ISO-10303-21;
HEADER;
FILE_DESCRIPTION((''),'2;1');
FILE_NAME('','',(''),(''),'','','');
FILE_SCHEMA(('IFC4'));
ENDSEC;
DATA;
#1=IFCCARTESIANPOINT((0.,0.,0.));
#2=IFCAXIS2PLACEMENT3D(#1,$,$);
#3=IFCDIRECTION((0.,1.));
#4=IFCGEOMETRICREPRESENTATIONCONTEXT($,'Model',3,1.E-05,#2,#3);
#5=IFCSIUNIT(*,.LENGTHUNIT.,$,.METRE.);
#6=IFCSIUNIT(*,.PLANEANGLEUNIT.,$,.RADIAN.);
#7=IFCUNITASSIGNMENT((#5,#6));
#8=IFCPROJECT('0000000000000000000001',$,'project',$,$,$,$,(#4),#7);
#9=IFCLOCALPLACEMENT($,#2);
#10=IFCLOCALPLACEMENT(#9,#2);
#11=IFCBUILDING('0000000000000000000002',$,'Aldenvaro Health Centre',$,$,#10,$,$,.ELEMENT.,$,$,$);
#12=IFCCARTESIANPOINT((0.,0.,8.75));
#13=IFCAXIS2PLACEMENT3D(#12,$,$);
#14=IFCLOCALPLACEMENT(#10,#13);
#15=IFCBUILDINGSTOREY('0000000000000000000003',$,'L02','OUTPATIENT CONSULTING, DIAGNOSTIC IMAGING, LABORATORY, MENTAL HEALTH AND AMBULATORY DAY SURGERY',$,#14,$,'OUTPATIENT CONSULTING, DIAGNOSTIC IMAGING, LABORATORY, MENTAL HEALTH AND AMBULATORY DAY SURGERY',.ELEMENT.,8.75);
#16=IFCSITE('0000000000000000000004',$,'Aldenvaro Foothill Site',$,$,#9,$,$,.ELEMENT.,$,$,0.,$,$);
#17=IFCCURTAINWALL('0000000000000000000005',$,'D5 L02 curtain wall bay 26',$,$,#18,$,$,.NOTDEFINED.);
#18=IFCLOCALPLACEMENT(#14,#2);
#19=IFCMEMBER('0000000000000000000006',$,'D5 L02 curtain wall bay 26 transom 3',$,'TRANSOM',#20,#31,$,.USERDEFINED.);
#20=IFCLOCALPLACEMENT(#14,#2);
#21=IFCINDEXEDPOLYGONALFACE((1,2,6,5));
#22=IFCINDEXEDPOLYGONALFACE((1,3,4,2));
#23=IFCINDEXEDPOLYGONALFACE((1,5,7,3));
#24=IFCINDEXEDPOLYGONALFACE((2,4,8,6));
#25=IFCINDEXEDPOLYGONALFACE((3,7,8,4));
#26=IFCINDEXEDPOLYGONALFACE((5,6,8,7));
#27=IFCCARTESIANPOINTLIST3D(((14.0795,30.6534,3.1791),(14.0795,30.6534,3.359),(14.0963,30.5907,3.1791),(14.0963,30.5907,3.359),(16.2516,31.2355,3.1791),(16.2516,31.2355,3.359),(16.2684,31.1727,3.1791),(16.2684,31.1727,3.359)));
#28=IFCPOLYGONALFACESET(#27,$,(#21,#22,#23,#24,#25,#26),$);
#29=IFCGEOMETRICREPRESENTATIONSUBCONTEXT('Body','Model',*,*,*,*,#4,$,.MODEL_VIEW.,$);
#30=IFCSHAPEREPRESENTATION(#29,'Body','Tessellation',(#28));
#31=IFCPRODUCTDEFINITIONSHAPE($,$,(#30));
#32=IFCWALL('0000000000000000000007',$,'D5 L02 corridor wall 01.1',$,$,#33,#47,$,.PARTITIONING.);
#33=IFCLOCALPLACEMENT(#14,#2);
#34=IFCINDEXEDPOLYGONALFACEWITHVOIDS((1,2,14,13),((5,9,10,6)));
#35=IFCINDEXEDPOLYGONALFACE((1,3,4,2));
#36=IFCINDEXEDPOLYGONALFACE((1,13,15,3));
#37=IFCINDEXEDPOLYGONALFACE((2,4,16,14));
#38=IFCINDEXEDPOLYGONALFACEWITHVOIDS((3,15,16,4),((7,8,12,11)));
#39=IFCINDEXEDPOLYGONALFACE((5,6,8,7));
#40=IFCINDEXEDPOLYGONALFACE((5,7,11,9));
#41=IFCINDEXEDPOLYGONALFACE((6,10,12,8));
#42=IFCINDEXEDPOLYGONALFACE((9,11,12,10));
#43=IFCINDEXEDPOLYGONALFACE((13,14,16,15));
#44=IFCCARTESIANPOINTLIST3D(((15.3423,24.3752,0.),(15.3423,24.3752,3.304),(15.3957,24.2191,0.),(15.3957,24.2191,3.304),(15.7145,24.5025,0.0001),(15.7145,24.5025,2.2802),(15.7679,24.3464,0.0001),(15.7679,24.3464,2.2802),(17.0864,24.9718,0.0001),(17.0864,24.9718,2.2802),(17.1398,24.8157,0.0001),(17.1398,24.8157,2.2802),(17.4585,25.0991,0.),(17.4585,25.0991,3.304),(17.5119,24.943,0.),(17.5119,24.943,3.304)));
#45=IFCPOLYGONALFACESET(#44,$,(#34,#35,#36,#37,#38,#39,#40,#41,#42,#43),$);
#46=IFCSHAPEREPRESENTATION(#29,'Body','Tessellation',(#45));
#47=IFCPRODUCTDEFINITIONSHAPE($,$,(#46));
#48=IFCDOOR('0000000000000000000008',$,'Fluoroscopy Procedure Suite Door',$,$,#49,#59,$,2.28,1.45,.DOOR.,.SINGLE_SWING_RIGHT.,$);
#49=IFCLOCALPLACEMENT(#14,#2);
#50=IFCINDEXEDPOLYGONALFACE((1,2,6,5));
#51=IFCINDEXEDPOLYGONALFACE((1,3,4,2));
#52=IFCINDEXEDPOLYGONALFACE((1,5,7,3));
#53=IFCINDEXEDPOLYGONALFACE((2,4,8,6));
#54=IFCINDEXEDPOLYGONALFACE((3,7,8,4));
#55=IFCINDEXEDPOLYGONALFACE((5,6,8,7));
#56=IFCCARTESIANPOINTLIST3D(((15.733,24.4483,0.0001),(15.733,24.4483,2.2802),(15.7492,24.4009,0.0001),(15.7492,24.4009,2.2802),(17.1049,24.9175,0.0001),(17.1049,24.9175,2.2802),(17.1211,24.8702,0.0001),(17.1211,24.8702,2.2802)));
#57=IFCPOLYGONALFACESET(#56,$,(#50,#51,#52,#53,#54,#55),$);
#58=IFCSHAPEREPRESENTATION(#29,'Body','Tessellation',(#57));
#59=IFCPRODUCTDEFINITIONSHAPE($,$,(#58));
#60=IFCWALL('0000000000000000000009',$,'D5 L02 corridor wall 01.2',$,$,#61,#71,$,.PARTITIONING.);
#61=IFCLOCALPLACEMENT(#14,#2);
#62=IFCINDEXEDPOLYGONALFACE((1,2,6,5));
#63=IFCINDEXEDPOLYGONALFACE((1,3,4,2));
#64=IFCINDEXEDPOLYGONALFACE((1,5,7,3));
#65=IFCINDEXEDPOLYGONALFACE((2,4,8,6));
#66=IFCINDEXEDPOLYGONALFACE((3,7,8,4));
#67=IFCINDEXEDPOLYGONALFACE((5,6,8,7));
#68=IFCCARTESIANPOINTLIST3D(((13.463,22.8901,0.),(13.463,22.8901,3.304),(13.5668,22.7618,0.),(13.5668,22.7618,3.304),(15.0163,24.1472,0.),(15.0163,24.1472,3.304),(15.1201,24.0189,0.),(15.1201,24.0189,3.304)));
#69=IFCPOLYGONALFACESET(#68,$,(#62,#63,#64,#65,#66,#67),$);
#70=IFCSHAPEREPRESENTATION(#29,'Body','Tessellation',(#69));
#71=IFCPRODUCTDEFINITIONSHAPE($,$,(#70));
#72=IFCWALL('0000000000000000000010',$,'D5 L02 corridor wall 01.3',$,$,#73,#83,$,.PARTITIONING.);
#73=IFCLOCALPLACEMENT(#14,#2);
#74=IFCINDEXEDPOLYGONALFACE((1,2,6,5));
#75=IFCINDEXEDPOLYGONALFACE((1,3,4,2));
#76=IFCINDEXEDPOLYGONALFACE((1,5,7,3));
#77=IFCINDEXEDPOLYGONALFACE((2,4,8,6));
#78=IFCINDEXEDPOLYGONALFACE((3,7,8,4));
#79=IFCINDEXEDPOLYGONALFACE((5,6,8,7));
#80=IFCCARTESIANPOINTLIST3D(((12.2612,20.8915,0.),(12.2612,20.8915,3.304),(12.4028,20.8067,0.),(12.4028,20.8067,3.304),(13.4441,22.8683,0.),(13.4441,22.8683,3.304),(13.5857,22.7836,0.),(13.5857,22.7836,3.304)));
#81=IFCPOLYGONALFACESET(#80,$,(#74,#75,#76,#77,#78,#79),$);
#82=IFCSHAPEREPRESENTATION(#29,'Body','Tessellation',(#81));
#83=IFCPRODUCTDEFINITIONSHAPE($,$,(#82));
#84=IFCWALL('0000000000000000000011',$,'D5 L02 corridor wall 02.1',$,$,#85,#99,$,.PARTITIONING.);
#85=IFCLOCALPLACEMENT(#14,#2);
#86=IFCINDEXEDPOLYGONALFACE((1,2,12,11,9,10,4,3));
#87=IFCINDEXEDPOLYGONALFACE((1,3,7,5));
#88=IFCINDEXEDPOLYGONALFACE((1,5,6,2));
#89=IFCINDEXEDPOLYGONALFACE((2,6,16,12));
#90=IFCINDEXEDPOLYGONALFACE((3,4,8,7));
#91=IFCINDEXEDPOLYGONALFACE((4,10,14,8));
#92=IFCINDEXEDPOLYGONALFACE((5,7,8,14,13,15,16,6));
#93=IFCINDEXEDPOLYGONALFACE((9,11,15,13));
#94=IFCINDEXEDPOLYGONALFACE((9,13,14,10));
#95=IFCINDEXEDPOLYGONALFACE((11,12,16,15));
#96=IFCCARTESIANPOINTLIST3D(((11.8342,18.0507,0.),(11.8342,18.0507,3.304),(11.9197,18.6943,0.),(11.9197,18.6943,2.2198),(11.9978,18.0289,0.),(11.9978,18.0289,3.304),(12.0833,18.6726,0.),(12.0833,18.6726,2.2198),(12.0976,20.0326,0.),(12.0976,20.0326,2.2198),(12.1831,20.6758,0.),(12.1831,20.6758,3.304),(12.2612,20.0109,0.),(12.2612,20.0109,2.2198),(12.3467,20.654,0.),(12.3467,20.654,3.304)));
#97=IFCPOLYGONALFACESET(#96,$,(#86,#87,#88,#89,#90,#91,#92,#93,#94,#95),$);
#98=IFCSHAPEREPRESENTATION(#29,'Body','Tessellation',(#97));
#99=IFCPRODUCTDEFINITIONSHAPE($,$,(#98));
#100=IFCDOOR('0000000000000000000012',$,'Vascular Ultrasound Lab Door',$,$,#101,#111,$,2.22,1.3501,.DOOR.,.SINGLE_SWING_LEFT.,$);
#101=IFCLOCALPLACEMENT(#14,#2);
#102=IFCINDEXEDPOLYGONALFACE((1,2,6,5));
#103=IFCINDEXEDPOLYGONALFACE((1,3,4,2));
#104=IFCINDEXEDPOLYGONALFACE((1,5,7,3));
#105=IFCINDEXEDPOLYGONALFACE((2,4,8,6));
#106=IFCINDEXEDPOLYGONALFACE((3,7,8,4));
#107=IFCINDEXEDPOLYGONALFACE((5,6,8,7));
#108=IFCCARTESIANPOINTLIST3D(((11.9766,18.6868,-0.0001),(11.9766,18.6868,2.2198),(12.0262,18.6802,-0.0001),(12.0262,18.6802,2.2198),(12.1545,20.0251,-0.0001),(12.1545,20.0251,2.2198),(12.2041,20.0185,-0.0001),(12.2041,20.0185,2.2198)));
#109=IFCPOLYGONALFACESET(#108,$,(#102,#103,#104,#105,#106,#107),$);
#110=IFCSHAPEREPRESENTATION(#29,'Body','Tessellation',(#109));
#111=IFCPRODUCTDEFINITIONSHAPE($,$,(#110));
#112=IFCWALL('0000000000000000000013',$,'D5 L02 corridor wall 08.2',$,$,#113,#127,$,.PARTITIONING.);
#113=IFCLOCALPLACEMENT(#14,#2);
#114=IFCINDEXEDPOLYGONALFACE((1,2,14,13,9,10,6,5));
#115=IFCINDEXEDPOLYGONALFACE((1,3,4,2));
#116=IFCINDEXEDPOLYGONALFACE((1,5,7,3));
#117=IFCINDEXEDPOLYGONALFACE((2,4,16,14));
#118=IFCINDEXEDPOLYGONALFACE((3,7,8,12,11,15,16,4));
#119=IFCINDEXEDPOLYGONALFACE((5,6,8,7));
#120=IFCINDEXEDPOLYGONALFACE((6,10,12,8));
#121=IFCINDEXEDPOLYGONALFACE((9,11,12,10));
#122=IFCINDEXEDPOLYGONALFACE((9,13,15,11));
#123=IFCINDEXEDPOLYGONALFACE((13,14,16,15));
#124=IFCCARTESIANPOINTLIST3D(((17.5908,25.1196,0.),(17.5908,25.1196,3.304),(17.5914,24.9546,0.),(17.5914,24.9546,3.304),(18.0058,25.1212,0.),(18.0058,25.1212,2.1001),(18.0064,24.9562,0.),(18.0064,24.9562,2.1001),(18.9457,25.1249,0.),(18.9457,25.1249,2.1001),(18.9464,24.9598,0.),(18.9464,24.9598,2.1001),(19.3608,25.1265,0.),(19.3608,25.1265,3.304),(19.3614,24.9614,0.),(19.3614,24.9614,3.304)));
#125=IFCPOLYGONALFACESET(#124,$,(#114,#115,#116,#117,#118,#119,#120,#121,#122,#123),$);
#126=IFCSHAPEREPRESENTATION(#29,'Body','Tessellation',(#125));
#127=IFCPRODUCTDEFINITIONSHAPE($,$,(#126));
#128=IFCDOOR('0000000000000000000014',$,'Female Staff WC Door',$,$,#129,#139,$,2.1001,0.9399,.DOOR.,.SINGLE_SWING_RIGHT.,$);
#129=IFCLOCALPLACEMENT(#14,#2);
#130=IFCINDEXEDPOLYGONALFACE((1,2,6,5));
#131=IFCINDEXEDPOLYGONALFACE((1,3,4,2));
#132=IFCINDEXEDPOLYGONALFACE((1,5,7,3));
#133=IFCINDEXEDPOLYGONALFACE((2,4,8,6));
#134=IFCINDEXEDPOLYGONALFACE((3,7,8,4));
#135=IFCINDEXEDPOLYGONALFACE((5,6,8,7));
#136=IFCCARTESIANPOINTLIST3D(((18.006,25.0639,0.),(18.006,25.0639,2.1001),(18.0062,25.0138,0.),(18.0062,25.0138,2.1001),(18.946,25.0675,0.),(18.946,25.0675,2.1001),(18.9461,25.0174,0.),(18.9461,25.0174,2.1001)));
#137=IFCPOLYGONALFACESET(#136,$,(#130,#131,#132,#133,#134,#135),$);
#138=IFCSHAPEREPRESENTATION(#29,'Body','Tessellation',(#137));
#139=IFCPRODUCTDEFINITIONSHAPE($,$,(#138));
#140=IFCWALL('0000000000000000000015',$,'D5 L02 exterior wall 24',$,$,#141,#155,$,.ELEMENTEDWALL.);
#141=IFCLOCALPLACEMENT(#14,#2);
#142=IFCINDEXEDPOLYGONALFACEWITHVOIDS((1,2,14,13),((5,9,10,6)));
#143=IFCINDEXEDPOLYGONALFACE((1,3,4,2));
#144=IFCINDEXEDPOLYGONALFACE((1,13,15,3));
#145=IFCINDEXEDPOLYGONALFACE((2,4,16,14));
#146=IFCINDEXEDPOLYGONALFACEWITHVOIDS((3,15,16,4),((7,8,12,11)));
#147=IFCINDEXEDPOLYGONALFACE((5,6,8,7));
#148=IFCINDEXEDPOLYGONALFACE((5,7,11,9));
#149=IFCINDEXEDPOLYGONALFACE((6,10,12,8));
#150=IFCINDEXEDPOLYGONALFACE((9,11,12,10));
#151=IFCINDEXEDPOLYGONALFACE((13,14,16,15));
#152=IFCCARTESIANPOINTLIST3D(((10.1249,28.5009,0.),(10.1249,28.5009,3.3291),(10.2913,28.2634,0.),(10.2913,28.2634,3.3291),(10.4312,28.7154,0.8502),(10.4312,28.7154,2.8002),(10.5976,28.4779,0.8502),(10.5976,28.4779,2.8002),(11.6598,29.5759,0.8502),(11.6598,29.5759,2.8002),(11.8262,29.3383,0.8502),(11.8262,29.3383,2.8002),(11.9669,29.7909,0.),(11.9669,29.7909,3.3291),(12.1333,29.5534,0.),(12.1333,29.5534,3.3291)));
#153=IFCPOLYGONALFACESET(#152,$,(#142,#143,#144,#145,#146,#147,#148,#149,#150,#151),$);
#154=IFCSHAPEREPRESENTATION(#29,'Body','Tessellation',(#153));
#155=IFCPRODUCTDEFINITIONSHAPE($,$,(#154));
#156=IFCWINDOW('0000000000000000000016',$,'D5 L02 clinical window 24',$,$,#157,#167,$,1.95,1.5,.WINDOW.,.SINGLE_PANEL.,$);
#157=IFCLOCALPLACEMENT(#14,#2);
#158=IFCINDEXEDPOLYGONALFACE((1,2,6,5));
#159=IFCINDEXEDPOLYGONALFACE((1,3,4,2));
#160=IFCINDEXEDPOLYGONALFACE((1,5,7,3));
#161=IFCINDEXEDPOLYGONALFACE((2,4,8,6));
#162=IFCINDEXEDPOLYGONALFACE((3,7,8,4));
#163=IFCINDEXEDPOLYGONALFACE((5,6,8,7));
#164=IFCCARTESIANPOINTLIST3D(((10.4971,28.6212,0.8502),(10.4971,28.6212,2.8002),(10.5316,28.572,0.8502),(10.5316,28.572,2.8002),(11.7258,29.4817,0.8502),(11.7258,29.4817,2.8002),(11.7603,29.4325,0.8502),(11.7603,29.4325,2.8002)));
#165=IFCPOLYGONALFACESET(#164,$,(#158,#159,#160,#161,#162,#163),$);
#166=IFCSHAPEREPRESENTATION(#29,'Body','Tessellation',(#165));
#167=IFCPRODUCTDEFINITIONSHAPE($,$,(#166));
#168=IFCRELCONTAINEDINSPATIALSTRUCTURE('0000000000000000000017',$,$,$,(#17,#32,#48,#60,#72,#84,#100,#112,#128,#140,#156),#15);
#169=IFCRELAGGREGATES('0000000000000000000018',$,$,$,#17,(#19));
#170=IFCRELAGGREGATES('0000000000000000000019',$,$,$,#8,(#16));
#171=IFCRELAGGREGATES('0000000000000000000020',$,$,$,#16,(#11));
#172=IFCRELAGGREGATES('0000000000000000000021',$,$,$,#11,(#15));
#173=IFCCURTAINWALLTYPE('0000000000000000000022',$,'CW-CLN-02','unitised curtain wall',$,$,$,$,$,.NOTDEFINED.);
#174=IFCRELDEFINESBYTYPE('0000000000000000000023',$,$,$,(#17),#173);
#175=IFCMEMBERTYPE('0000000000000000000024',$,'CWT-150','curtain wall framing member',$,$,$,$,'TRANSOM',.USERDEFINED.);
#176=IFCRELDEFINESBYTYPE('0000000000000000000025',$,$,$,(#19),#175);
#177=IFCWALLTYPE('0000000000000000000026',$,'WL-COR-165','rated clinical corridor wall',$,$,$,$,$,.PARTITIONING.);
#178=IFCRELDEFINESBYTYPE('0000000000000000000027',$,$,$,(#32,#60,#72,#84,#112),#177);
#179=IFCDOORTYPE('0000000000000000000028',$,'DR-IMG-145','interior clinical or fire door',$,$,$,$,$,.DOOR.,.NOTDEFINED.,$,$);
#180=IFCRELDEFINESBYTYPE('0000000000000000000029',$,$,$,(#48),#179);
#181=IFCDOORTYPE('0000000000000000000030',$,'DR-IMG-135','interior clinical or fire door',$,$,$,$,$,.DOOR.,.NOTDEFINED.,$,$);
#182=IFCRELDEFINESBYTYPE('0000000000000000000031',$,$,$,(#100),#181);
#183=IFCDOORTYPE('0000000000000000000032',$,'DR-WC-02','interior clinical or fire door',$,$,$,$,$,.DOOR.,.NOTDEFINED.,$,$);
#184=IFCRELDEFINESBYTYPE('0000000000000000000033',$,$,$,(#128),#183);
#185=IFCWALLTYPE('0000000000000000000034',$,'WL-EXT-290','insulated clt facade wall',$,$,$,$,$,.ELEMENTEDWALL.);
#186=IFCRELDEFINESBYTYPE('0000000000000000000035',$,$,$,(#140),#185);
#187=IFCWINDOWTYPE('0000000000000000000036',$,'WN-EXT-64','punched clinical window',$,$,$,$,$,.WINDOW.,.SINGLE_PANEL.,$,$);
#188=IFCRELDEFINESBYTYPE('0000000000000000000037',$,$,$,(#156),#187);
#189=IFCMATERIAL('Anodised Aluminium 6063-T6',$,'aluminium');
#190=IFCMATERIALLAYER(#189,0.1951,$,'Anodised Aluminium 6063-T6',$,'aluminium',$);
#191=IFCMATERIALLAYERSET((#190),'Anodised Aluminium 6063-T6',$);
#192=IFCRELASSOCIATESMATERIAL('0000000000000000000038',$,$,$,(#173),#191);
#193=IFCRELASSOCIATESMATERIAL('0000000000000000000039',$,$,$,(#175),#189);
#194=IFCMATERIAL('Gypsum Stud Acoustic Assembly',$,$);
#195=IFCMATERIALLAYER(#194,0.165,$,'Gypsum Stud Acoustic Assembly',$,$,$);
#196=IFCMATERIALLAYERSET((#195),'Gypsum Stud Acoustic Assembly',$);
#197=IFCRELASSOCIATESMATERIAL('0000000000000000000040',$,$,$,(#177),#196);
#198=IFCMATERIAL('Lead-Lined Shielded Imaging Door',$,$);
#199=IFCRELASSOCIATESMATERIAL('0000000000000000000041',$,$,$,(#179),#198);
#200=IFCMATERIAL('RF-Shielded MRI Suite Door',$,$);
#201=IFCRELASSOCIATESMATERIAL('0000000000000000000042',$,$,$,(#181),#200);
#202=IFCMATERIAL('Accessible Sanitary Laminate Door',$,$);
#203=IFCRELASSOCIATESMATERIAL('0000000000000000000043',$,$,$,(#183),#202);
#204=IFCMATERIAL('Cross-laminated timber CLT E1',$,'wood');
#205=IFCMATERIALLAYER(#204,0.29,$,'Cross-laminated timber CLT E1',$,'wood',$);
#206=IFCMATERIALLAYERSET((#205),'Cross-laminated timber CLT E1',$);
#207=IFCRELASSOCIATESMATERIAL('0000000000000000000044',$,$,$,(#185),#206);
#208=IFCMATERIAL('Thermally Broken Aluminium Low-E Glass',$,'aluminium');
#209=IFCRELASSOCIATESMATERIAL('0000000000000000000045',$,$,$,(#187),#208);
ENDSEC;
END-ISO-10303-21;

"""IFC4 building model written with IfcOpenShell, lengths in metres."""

from ifc_helpers import new_model, si_unit, direction, frame, frame_2d, origin, origin_2d, place, context, subcontext, project, spatial, rectangle, extrude, material, layer, layer_set, material_profile, profile_set, type_object, element, fill, aggregate, save


model = new_model("IFC4")

# Units and contexts
model_context = context("Model", 3, precision=1e-05, world=origin(), true_north=direction((0.0, 1.0)))
body_context = subcontext(model_context, "Body", "Model", "MODEL_VIEW")
ifc_project = project(units=[si_unit("LENGTHUNIT", "METRE"), si_unit("PLANEANGLEUNIT", "RADIAN")], contexts=[model_context])

# Site, building, storey
site_placement = place(None, origin())
site = spatial("IfcSite", under=ifc_project, at=site_placement, Name="Aldenvaro Foothill Site", CompositionType="ELEMENT", RefElevation=0.0)
building_placement = place(site_placement, origin())
building = spatial("IfcBuilding", under=site, at=building_placement, Name="Aldenvaro Health Centre", CompositionType="ELEMENT")
storey_placement = place(building_placement, frame((0.0, 0.0, 8.75)))
storey = spatial("IfcBuildingStorey", under=building, at=storey_placement, Name="L02", Description="OUTPATIENT CONSULTING, DIAGNOSTIC IMAGING, LABORATORY, MENTAL HEALTH AND AMBULATORY DAY SURGERY", LongName="OUTPATIENT CONSULTING, DIAGNOSTIC IMAGING, LABORATORY, MENTAL HEALTH AND AMBULATORY DAY SURGERY", CompositionType="ELEMENT", Elevation=8.75)

# Curtain wall, member
ifc_material_1 = material(Name="Anodised Aluminium 6063-T6", Category="aluminium")
ifc_layer_1 = layer(ifc_material_1, 0.1951, Name="Anodised Aluminium 6063-T6", Category="aluminium")
ifc_layer_set_1 = layer_set([ifc_layer_1], Name="Anodised Aluminium 6063-T6")
curtain_wall_type = type_object("IfcCurtainWallType", Name="CW-CLN-02", Description="unitised curtain wall", PredefinedType="NOTDEFINED", material=ifc_layer_set_1)
curtain_wall_placement = place(storey_placement, origin())
curtain_wall = element("IfcCurtainWall", 1, at=curtain_wall_placement, inside=storey, type_object=curtain_wall_type, Name="D5 L02 curtain wall bay 26", PredefinedType="NOTDEFINED")
ifc_material_profile_1 = material_profile(ifc_material_1, rectangle(XDim=0.0649, YDim=0.1799, at=origin_2d()), Name="ALU 65x180", Category="aluminium")
ifc_profile_set_1 = profile_set([ifc_material_profile_1], Name="Anodised Aluminium 6063-T6")
member_type_1 = type_object("IfcMemberType", Name="CWT-150", Description="curtain wall framing member", ElementType="TRANSOM", PredefinedType="USERDEFINED", material=ifc_profile_set_1)
member_1_placement = place(storey_placement, frame((14.0879, 30.6221, 3.269), z_axis=(0.965924, 0.258825, 0.0), x_axis=(-0.258825, 0.965924, 0.0)))
member_1 = element("IfcMember", 2, at=member_1_placement, type_object=member_type_1, Name="D5 L02 curtain wall bay 26 transom 3", ObjectType="TRANSOM", PredefinedType="USERDEFINED", context=body_context, shape_type="SweptSolid", body=[
    extrude(rectangle(XDim=0.0649, YDim=0.1799, at=origin_2d()), origin(), (0.0, 0.0, 1.0), 2.2488),
])
aggregate(curtain_wall, [member_1])

# Wall, opening, door
ifc_material_2 = material(Name="Gypsum Stud Acoustic Assembly")
ifc_layer_2 = layer(ifc_material_2, 0.165, Name="Gypsum Stud Acoustic Assembly")
ifc_layer_set_2 = layer_set([ifc_layer_2], Name="Gypsum Stud Acoustic Assembly")
wall_type_1 = type_object("IfcWallType", Name="WL-COR-165", Description="rated clinical corridor wall", PredefinedType="PARTITIONING", material=ifc_layer_set_2)
wall_1_placement = place(storey_placement, frame((17.4851, 25.021, 0.0), z_axis=(0.0, 0.0, 1.0), x_axis=(-0.946176, -0.323652, 0.0)))
wall_1 = element("IfcWall", 3, at=wall_1_placement, inside=storey, type_object=wall_type_1, Name="D5 L02 corridor wall 01.1", PredefinedType="PARTITIONING", context=body_context, shape_type="SweptSolid", body=[
    extrude(rectangle(XDim=2.2366, YDim=0.165, at=frame_2d((1.1182, 0.0))), origin(), (0.0, 0.0, 1.0), 3.304),
])
opening_1_placement = place(wall_1_placement, frame((0.3931, 0.0, 0.0)))
opening_1 = element("IfcOpeningElement", 4, at=opening_1_placement, cuts=wall_1, PredefinedType="OPENING", context=body_context, shape_type="SweptSolid", body=[
    extrude(rectangle(XDim=1.45, YDim=2.28, at=frame_2d((0.7251, 1.1401))), frame((0.0, 0.0925, 0.0), z_axis=(0.0, -1.0, 0.0), x_axis=(1.0, 0.0, 0.0)), (0.0, 0.0, 1.0), 0.1851),
])
ifc_material_3 = material(Name="Lead-Lined Shielded Imaging Door")
door_type_1 = type_object("IfcDoorType", Name="DR-IMG-145", Description="interior clinical or fire door", OperationType="NOTDEFINED", PredefinedType="DOOR", material=ifc_material_3)
door_1_placement = place(opening_1_placement, origin())
door_1 = element("IfcDoor", 5, at=door_1_placement, inside=storey, type_object=door_type_1, Name="Fluoroscopy Procedure Suite Door", OperationType="SINGLE_SWING_RIGHT", OverallHeight=2.28, OverallWidth=1.45, PredefinedType="DOOR", context=body_context, shape_type="SweptSolid", body=[
    extrude(rectangle(XDim=1.45, YDim=2.28, at=frame_2d((0.7251, 1.1401))), frame((0.0, 0.0249, 0.0), z_axis=(0.0, -1.0, 0.0), x_axis=(1.0, 0.0, 0.0)), (0.0, 0.0, 1.0), 0.05),
])
fill(opening_1, door_1)

# Walls
wall_2_placement = place(storey_placement, frame((15.0681, 24.083, 0.0), z_axis=(0.0, 0.0, 1.0), x_axis=(-0.777316, -0.62911, 0.0)))
element("IfcWall", 6, at=wall_2_placement, inside=storey, type_object=wall_type_1, Name="D5 L02 corridor wall 01.2", PredefinedType="PARTITIONING", context=body_context, shape_type="SweptSolid", body=[
    extrude(rectangle(XDim=1.9983, YDim=0.165, at=frame_2d((0.999, 0.0))), origin(), (0.0, 0.0, 1.0), 3.304),
])
wall_3_placement = place(storey_placement, frame((13.5149, 22.8259, 0.0), z_axis=(0.0, 0.0, 1.0), x_axis=(-0.513467, -0.858109, 0.0)))
element("IfcWall", 7, at=wall_3_placement, inside=storey, type_object=wall_type_1, Name="D5 L02 corridor wall 01.3", PredefinedType="PARTITIONING", context=body_context, shape_type="SweptSolid", body=[
    extrude(rectangle(XDim=2.3037, YDim=0.165, at=frame_2d((1.1519, 0.0))), origin(), (0.0, 0.0, 1.0), 3.304),
])

# Walls, openings, doors
wall_4_placement = place(storey_placement, frame((12.2649, 20.665, 0.0), z_axis=(0.0, 0.0, 1.0), x_axis=(-0.131747, -0.991283, 0.0)))
wall_4 = element("IfcWall", 8, at=wall_4_placement, inside=storey, type_object=wall_type_1, Name="D5 L02 corridor wall 02.1", PredefinedType="PARTITIONING", context=body_context, shape_type="SweptSolid", body=[
    extrude(rectangle(XDim=2.6482, YDim=0.165, at=frame_2d((1.3242, 0.0))), origin(), (0.0, 0.0, 1.0), 3.304),
])
opening_2_placement = place(wall_4_placement, frame((0.6489, 0.0, 0.0)))
opening_2 = element("IfcOpeningElement", 9, at=opening_2_placement, cuts=wall_4, PredefinedType="OPENING", context=body_context, shape_type="SweptSolid", body=[
    extrude(rectangle(XDim=1.3501, YDim=2.22, at=frame_2d((0.675, 1.1099))), frame((0.0, 0.0925, 0.0), z_axis=(0.0, -1.0, 0.0), x_axis=(1.0, 0.0, 0.0)), (0.0, 0.0, 1.0), 0.1851),
])
ifc_material_4 = material(Name="RF-Shielded MRI Suite Door")
door_type_2 = type_object("IfcDoorType", Name="DR-IMG-135", Description="interior clinical or fire door", OperationType="NOTDEFINED", PredefinedType="DOOR", material=ifc_material_4)
door_2_placement = place(opening_2_placement, origin())
door_2 = element("IfcDoor", 10, at=door_2_placement, inside=storey, type_object=door_type_2, Name="Vascular Ultrasound Lab Door", OperationType="SINGLE_SWING_LEFT", OverallHeight=2.22, OverallWidth=1.3501, PredefinedType="DOOR", context=body_context, shape_type="SweptSolid", body=[
    extrude(rectangle(XDim=1.3501, YDim=2.22, at=frame_2d((0.675, 1.1099))), frame((0.0, 0.0249, 0.0), z_axis=(0.0, -1.0, 0.0), x_axis=(1.0, 0.0, 0.0)), (0.0, 0.0, 1.0), 0.05),
])
fill(opening_2, door_2)
wall_5_placement = place(storey_placement, frame((19.3611, 25.0439, 0.0), z_axis=(0.0, 0.0, 1.0), x_axis=(-0.999993, -0.003862, 0.0)))
wall_5 = element("IfcWall", 11, at=wall_5_placement, inside=storey, type_object=wall_type_1, Name="D5 L02 corridor wall 08.2", PredefinedType="PARTITIONING", context=body_context, shape_type="SweptSolid", body=[
    extrude(rectangle(XDim=1.77, YDim=0.165, at=frame_2d((0.885, 0.0))), origin(), (0.0, 0.0, 1.0), 3.304),
])
opening_3_placement = place(wall_5_placement, frame((0.415, 0.0, 0.0)))
opening_3 = element("IfcOpeningElement", 12, at=opening_3_placement, cuts=wall_5, PredefinedType="OPENING", context=body_context, shape_type="SweptSolid", body=[
    extrude(rectangle(XDim=0.9399, YDim=2.1001, at=frame_2d((0.47, 1.05))), frame((0.0, 0.0925, 0.0), z_axis=(0.0, -1.0, 0.0), x_axis=(1.0, 0.0, 0.0)), (0.0, 0.0, 1.0), 0.1851),
])
ifc_material_5 = material(Name="Accessible Sanitary Laminate Door")
door_type_3 = type_object("IfcDoorType", Name="DR-WC-02", Description="interior clinical or fire door", OperationType="NOTDEFINED", PredefinedType="DOOR", material=ifc_material_5)
door_3_placement = place(opening_3_placement, origin())
door_3 = element("IfcDoor", 13, at=door_3_placement, inside=storey, type_object=door_type_3, Name="Female Staff WC Door", OperationType="SINGLE_SWING_RIGHT", OverallHeight=2.1001, OverallWidth=0.9399, PredefinedType="DOOR", context=body_context, shape_type="SweptSolid", body=[
    extrude(rectangle(XDim=0.9399, YDim=2.1001, at=frame_2d((0.47, 1.05))), frame((0.0, 0.0249, 0.0), z_axis=(0.0, -1.0, 0.0), x_axis=(1.0, 0.0, 0.0)), (0.0, 0.0, 1.0), 0.05),
])
fill(opening_3, door_3)

# Wall, opening, window
ifc_material_6 = material(Name="Cross-laminated timber CLT E1", Category="wood")
ifc_layer_3 = layer(ifc_material_6, 0.29, Name="Cross-laminated timber CLT E1", Category="wood")
ifc_layer_set_3 = layer_set([ifc_layer_3], Name="Cross-laminated timber CLT E1")
wall_type_2 = type_object("IfcWallType", Name="WL-EXT-290", Description="insulated clt facade wall", PredefinedType="ELEMENTEDWALL", material=ifc_layer_set_3)
wall_6_placement = place(storey_placement, frame((10.208, 28.3821, 0.0), z_axis=(0.0, 0.0, 1.0), x_axis=(0.819104, 0.573644, 0.0)))
wall_6 = element("IfcWall", 14, at=wall_6_placement, inside=storey, type_object=wall_type_2, Name="D5 L02 exterior wall 24", PredefinedType="ELEMENTEDWALL", context=body_context, shape_type="SweptSolid", body=[
    extrude(rectangle(XDim=2.2488, YDim=0.29, at=frame_2d((1.1245, 0.0))), origin(), (0.0, 0.0, 1.0), 3.3291),
])
opening_4_placement = place(wall_6_placement, frame((0.374, 0.0, 0.8501)))
opening_4 = element("IfcOpeningElement", 15, at=opening_4_placement, cuts=wall_6, PredefinedType="OPENING", context=body_context, shape_type="SweptSolid", body=[
    extrude(rectangle(XDim=1.5, YDim=1.95, at=frame_2d((0.75, 0.9751))), frame((0.0, 0.155, 0.0), z_axis=(0.0, -1.0, 0.0), x_axis=(1.0, 0.0, 0.0)), (0.0, 0.0, 1.0), 0.3101),
])
ifc_material_7 = material(Name="Thermally Broken Aluminium Low-E Glass", Category="aluminium")
window_type_1 = type_object("IfcWindowType", Name="WN-EXT-64", Description="punched clinical window", PartitioningType="SINGLE_PANEL", PredefinedType="WINDOW", material=ifc_material_7)
window_1_placement = place(opening_4_placement, origin())
window_1 = element("IfcWindow", 16, at=window_1_placement, inside=storey, type_object=window_type_1, Name="D5 L02 clinical window 24", OverallHeight=1.95, OverallWidth=1.5, PartitioningType="SINGLE_PANEL", PredefinedType="WINDOW", context=body_context, shape_type="SweptSolid", body=[
    extrude(rectangle(XDim=1.5, YDim=1.95, at=frame_2d((0.75, 0.9751))), frame((0.0, 0.03, 0.0), z_axis=(0.0, -1.0, 0.0), x_axis=(1.0, 0.0, 0.0)), (0.0, 0.0, 1.0), 0.0601),
])
fill(opening_4, window_1)

save(model, "model.ifc")
